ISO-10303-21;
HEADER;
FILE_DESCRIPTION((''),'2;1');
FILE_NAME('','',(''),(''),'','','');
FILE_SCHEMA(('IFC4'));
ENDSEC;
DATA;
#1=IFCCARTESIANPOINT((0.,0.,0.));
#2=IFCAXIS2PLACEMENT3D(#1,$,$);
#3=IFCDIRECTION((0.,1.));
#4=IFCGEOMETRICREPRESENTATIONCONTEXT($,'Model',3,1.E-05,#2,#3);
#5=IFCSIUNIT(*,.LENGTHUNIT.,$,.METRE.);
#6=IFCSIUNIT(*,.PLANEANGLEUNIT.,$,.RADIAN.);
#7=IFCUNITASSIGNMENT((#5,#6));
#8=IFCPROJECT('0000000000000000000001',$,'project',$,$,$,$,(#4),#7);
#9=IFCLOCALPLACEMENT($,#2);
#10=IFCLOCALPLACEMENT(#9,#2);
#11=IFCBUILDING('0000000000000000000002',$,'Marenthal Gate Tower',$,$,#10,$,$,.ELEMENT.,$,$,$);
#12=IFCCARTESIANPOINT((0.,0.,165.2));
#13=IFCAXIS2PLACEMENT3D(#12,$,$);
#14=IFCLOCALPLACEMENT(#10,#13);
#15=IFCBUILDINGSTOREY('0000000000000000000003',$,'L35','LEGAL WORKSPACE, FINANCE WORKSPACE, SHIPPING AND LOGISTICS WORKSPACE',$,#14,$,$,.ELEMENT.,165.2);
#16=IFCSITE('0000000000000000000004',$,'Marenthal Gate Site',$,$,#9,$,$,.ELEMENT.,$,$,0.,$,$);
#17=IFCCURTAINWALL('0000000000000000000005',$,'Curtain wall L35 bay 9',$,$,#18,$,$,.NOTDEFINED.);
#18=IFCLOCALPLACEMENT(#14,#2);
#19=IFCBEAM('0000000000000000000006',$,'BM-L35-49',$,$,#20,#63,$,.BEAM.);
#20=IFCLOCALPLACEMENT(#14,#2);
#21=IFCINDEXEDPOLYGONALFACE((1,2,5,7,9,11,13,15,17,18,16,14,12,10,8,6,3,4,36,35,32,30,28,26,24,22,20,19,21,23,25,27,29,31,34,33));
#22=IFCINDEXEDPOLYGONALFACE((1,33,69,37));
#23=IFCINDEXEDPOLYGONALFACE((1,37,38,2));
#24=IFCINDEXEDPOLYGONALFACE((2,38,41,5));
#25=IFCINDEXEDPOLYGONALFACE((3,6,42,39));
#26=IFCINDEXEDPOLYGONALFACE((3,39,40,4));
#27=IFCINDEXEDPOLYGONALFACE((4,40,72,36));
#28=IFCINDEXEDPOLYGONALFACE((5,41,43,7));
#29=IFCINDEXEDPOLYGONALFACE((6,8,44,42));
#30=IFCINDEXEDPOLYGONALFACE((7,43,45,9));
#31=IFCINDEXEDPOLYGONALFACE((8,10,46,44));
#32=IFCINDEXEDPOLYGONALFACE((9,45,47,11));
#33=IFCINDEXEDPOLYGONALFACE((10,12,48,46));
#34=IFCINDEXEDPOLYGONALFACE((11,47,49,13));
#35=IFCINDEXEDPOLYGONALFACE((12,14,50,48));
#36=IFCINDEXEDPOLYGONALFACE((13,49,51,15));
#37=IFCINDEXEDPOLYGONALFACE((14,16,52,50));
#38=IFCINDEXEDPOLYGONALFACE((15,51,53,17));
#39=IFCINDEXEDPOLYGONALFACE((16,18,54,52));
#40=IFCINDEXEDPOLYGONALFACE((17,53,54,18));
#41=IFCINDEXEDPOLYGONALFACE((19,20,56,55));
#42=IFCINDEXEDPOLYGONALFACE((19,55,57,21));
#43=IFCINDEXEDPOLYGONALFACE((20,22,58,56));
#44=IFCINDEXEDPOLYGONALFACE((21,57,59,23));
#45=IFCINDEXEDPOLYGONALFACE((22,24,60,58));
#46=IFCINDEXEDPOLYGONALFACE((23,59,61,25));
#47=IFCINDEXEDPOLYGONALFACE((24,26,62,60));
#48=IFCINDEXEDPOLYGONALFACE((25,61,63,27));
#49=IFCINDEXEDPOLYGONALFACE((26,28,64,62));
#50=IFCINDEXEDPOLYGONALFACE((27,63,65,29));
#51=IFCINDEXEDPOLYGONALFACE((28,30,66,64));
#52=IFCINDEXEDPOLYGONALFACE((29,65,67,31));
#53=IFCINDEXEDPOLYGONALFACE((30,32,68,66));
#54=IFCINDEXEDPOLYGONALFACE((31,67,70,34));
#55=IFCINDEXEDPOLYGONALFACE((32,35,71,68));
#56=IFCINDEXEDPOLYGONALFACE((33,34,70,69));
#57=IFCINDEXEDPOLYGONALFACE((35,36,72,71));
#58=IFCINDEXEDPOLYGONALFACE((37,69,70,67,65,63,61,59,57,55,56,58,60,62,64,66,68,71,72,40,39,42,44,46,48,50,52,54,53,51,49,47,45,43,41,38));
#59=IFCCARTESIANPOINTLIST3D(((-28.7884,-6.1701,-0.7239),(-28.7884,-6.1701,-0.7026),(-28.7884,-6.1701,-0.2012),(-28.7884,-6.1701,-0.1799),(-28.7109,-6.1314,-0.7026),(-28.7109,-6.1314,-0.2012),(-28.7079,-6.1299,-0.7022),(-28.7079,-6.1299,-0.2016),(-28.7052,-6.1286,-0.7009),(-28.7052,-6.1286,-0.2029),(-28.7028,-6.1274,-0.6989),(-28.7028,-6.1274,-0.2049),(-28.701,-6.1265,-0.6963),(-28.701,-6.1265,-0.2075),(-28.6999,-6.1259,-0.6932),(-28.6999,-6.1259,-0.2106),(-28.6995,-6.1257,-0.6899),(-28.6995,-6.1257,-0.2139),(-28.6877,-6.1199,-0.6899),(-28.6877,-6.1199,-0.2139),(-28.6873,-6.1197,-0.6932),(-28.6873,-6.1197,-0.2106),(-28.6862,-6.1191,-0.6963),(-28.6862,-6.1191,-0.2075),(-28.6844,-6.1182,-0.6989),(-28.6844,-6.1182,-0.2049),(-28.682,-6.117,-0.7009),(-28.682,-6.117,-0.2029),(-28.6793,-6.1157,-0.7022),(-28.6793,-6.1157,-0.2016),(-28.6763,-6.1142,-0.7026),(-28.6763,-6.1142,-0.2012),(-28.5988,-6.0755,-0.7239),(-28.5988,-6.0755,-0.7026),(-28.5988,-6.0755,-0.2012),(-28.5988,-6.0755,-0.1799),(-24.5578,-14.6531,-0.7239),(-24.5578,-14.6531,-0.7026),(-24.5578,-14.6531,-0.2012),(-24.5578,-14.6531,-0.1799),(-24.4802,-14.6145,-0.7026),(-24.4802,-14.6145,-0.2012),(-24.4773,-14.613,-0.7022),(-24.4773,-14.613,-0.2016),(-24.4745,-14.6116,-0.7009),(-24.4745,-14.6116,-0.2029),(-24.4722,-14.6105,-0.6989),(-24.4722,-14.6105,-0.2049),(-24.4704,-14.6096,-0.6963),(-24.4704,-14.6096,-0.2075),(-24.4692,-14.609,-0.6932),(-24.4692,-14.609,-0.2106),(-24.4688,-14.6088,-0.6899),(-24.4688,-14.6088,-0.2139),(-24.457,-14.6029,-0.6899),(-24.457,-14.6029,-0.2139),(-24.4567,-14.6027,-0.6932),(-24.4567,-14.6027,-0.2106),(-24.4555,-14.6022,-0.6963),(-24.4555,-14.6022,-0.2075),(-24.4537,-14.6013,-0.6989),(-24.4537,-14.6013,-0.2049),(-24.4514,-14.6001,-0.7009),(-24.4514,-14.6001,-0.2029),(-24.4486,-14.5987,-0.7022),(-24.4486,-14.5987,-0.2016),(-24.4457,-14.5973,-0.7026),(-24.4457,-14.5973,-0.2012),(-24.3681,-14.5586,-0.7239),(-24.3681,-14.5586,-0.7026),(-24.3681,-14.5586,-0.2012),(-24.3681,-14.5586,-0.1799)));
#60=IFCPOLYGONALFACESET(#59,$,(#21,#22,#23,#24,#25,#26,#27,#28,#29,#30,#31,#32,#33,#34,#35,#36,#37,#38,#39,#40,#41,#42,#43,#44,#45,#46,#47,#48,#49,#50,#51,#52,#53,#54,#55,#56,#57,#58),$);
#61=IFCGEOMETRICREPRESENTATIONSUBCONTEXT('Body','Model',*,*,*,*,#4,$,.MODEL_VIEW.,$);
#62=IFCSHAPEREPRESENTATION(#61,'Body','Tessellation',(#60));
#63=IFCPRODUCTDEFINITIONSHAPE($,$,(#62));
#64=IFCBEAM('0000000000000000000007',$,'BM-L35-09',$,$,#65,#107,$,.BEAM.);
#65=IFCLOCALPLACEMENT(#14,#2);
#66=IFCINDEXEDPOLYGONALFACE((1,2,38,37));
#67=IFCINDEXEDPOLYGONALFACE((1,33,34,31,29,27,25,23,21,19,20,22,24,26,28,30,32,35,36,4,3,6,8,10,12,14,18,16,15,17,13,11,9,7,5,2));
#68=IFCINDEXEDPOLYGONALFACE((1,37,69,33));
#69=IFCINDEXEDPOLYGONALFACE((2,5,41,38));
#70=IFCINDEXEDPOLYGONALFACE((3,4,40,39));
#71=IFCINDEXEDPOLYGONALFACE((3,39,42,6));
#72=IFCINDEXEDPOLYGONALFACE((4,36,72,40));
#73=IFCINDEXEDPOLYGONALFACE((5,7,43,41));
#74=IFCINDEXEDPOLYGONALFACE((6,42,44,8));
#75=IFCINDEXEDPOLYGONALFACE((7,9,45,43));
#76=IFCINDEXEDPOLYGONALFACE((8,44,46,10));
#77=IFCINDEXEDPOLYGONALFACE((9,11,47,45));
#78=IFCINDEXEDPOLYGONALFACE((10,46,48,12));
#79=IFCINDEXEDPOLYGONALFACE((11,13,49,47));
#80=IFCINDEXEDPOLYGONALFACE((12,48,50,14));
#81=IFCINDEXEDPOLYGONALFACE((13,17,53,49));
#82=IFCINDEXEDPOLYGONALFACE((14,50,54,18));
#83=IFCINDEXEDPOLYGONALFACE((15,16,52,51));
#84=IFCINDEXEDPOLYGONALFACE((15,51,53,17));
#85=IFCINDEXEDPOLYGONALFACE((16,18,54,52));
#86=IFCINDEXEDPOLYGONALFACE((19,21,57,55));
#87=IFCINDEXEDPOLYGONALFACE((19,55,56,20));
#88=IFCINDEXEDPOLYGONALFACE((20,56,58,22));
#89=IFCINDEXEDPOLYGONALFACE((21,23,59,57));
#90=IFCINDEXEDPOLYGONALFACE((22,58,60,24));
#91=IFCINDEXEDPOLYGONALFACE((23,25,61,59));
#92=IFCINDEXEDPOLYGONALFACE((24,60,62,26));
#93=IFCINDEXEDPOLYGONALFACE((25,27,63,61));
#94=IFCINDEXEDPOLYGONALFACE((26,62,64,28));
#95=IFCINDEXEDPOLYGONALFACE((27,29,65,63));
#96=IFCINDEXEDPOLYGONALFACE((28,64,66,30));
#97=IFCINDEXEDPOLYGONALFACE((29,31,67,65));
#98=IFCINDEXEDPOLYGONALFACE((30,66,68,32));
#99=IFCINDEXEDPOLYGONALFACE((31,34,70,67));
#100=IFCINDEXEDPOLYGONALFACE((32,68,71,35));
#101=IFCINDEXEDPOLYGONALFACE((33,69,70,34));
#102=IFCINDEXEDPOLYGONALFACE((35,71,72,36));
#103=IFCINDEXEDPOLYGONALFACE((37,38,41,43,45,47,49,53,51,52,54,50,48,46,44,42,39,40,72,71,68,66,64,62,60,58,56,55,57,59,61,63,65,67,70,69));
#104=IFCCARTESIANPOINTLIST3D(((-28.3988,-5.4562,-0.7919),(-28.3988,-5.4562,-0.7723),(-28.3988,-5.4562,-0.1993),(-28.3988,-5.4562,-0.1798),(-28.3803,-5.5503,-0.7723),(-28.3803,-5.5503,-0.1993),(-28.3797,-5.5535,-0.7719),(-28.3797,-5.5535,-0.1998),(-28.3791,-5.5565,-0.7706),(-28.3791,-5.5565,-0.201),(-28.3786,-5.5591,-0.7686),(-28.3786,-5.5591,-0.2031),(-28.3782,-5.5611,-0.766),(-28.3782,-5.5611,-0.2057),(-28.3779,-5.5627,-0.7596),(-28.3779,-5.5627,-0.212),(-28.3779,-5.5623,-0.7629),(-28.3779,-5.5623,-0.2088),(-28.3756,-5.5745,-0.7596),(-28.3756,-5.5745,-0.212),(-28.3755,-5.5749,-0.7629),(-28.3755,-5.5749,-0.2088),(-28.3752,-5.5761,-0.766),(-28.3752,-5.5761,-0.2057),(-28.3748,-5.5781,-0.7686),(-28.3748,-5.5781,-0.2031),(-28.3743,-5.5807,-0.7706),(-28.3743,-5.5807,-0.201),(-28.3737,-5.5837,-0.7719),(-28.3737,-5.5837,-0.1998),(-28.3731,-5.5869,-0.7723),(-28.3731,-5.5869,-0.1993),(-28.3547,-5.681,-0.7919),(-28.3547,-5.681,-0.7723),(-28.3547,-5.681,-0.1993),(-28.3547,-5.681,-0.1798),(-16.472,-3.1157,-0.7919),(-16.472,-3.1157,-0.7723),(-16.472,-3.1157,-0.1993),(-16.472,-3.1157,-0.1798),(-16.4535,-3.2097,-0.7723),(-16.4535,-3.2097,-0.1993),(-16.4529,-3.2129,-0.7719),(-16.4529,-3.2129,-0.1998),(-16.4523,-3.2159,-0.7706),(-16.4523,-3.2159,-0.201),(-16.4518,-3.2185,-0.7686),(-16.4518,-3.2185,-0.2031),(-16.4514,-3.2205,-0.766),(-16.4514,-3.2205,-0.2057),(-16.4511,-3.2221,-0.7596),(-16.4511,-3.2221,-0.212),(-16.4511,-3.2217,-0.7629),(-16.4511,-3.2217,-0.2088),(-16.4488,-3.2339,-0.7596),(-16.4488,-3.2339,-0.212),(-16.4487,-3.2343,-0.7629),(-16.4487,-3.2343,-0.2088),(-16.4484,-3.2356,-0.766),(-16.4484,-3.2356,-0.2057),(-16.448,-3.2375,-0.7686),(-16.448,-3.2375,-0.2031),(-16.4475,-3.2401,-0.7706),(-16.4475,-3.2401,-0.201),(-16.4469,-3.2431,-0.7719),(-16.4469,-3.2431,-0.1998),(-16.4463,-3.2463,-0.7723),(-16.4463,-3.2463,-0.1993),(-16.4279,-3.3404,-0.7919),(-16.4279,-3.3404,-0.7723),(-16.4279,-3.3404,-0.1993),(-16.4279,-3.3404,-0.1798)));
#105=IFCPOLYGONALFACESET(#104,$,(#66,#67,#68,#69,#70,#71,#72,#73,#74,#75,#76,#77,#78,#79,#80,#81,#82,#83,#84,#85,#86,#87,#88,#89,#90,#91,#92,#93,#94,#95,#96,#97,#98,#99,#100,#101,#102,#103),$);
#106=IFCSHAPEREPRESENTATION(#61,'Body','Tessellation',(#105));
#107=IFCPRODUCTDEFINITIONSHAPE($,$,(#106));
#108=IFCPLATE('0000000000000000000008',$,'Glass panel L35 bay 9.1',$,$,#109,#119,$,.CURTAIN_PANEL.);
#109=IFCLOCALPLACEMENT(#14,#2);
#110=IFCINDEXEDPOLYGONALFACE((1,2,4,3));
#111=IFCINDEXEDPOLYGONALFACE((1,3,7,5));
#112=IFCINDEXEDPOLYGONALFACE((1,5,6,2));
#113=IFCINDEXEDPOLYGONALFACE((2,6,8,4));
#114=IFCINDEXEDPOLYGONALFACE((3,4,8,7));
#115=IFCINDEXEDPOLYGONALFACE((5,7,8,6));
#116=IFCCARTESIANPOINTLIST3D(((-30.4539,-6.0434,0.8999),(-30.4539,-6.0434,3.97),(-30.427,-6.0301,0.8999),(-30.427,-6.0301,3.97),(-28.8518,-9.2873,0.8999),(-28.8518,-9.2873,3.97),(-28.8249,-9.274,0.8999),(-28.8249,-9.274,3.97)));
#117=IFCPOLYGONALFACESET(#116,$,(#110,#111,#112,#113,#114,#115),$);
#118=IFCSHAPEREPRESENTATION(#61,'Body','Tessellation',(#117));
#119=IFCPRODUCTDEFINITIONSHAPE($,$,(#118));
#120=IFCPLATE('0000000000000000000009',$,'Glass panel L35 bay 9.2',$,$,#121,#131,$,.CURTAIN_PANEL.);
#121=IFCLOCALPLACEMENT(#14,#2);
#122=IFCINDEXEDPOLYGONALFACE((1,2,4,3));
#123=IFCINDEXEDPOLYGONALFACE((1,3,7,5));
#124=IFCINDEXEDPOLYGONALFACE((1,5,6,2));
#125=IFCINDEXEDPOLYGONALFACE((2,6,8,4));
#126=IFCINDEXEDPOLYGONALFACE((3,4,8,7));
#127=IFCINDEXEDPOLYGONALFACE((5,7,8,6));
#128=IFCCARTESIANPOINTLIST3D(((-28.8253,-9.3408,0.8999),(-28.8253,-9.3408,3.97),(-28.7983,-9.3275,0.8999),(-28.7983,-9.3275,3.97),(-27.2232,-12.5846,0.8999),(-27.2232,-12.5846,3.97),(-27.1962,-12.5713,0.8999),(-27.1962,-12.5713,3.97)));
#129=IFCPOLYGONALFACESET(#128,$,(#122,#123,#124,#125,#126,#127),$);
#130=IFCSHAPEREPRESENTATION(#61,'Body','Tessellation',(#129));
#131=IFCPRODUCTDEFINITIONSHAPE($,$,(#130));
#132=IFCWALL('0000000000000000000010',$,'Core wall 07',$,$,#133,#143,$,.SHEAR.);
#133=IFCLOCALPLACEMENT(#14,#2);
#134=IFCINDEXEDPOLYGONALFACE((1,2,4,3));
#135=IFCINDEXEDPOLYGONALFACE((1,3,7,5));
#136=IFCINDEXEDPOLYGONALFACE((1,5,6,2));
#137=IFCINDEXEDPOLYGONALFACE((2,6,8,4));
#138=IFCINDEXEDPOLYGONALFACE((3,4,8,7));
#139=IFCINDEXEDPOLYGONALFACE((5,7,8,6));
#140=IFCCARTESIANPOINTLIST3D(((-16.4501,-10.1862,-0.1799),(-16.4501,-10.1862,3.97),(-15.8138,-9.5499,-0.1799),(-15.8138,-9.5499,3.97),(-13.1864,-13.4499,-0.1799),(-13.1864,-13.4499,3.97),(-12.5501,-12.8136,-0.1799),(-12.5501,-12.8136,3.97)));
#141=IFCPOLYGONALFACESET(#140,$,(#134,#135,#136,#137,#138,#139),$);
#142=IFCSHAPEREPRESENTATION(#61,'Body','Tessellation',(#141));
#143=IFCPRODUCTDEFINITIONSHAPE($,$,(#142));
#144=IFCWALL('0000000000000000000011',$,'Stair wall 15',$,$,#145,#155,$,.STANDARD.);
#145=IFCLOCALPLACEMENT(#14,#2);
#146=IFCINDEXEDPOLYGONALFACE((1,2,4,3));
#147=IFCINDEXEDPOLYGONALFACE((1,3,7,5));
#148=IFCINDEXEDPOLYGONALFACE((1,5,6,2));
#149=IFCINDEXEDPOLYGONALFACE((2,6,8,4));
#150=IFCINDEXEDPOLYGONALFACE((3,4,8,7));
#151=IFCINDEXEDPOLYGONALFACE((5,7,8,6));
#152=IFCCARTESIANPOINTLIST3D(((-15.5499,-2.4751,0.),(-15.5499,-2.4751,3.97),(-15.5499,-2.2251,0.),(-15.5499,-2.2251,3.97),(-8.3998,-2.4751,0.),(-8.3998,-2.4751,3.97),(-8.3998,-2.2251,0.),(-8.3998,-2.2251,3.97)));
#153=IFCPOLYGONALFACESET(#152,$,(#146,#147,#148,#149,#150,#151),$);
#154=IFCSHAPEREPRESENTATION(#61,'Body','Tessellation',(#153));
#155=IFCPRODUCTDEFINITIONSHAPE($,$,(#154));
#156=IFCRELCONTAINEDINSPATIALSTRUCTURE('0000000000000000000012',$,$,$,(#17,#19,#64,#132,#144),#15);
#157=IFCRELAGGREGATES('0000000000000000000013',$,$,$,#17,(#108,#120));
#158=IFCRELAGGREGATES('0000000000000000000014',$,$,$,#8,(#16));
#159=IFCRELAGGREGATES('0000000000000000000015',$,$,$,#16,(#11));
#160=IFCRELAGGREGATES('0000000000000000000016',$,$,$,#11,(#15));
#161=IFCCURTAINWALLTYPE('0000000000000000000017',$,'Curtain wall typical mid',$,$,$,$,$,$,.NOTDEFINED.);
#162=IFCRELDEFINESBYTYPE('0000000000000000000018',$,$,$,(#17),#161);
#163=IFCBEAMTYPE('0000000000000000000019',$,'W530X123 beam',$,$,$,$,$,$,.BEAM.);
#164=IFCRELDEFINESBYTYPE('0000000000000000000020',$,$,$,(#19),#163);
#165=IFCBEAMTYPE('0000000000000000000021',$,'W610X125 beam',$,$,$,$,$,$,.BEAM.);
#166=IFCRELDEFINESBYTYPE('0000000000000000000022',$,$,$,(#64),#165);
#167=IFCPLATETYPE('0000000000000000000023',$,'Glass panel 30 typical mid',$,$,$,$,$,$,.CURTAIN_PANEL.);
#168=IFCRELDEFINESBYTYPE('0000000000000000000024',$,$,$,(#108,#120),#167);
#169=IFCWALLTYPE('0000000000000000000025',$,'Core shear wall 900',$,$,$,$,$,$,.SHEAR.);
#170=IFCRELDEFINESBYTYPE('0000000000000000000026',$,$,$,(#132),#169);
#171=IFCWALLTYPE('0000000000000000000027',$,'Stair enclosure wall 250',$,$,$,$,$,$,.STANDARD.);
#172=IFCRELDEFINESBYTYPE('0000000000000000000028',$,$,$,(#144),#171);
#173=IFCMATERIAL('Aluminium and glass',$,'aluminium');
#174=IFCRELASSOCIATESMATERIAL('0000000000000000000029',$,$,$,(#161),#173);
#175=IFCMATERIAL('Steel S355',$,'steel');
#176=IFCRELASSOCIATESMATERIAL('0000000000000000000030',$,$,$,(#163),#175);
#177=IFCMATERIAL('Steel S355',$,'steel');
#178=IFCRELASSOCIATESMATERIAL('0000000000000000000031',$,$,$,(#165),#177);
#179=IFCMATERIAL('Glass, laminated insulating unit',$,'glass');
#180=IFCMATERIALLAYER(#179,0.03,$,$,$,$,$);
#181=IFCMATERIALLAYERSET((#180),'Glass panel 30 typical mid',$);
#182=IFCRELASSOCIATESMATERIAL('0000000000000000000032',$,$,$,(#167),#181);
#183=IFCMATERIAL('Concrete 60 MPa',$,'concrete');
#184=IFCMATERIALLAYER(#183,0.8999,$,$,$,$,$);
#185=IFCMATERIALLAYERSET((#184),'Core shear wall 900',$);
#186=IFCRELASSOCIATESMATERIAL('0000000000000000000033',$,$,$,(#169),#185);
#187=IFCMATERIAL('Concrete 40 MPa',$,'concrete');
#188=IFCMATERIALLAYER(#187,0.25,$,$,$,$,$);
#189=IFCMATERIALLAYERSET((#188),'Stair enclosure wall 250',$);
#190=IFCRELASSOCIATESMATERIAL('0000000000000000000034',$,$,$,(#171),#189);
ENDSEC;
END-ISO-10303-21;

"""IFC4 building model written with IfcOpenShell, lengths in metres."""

from ifc_helpers import new_model, si_unit, direction, frame, frame_2d, origin, origin_2d, place, context, subcontext, project, spatial, rectangle, i_section, extrude, material, layer, layer_set, material_profile, profile_set, type_object, element, aggregate, save


model = new_model("IFC4")

# Units and contexts
model_context = context("Model", 3, precision=1e-05, world=origin(), true_north=direction((0.0, 1.0)))
body_context = subcontext(model_context, "Body", "Model", "MODEL_VIEW")
ifc_project = project(units=[si_unit("LENGTHUNIT", "METRE"), si_unit("PLANEANGLEUNIT", "RADIAN")], contexts=[model_context])

# Site, building, storey
site_placement = place(None, origin())
site = spatial("IfcSite", under=ifc_project, at=site_placement, Name="Marenthal Gate Site", CompositionType="ELEMENT", RefElevation=0.0)
building_placement = place(site_placement, origin())
building = spatial("IfcBuilding", under=site, at=building_placement, Name="Marenthal Gate Tower", CompositionType="ELEMENT")
storey_placement = place(building_placement, frame((0.0, 0.0, 165.2)))
storey = spatial("IfcBuildingStorey", under=building, at=storey_placement, Name="L35", Description="LEGAL WORKSPACE, FINANCE WORKSPACE, SHIPPING AND LOGISTICS WORKSPACE", CompositionType="ELEMENT", Elevation=165.2)

# Curtain wall
ifc_material_1 = material(Name="Aluminium and glass", Category="aluminium")
curtain_wall_type = type_object("IfcCurtainWallType", Name="Curtain wall typical mid", PredefinedType="NOTDEFINED", material=ifc_material_1)
curtain_wall_placement = place(storey_placement, origin())
curtain_wall = element("IfcCurtainWall", 1, at=curtain_wall_placement, inside=storey, type_object=curtain_wall_type, Name="Curtain wall L35 bay 9", PredefinedType="NOTDEFINED")

# Beams
ifc_material_2 = material(Name="Steel S355", Category="steel")
ifc_material_profile_1 = material_profile(ifc_material_2, i_section(OverallWidth=0.2119, OverallDepth=0.5439, WebThickness=0.0132, FlangeThickness=0.0212, FilletRadius=0.0127, at=origin_2d()), Name="W530X123")
ifc_profile_set_1 = profile_set([ifc_material_profile_1], Name="Steel S355")
beam_type_1 = type_object("IfcBeamType", Name="W530X123 beam", PredefinedType="BEAM", material=ifc_profile_set_1)
beam_1_placement = place(storey_placement, frame((-28.6936, -6.1228, -0.4519), z_axis=(0.446297, -0.894885, 0.0), x_axis=(0.894885, 0.446297, 0.0)))
element("IfcBeam", 2, at=beam_1_placement, inside=storey, type_object=beam_type_1, Name="BM-L35-49", PredefinedType="BEAM", context=body_context, shape_type="SweptSolid", body=[
    extrude(i_section(OverallWidth=0.2119, OverallDepth=0.5439, WebThickness=0.0132, FlangeThickness=0.0212, FilletRadius=0.0127, at=origin_2d()), origin(), (0.0, 0.0, 1.0), 9.4795),
])
ifc_material_3 = material(Name="Steel S355", Category="steel")
ifc_material_profile_2 = material_profile(ifc_material_3, i_section(OverallWidth=0.229, OverallDepth=0.6121, WebThickness=0.012, FlangeThickness=0.0195, FilletRadius=0.0127, at=origin_2d()), Name="W610X125")
ifc_profile_set_2 = profile_set([ifc_material_profile_2], Name="Steel S355")
beam_type_2 = type_object("IfcBeamType", Name="W610X125 beam", PredefinedType="BEAM", material=ifc_profile_set_2)
beam_2_placement = place(storey_placement, frame((-28.3767, -5.5686, -0.4858), z_axis=(0.981283, 0.192573, 0.0), x_axis=(-0.192573, 0.981283, 0.0)))
element("IfcBeam", 3, at=beam_2_placement, inside=storey, type_object=beam_type_2, Name="BM-L35-09", PredefinedType="BEAM", context=body_context, shape_type="SweptSolid", body=[
    extrude(i_section(OverallWidth=0.229, OverallDepth=0.6121, WebThickness=0.012, FlangeThickness=0.0195, FilletRadius=0.0127, at=origin_2d()), origin(), (0.0, 0.0, 1.0), 12.1543),
])

# Plates
ifc_material_4 = material(Name="Glass, laminated insulating unit", Category="glass")
ifc_layer_1 = layer(ifc_material_4, 0.03)
ifc_layer_set_1 = layer_set([ifc_layer_1], Name="Glass panel 30 typical mid")
plate_type = type_object("IfcPlateType", Name="Glass panel 30 typical mid", PredefinedType="CURTAIN_PANEL", material=ifc_layer_set_1)
plate_1_placement = place(storey_placement, frame((-29.6394, -7.6587, 0.8999), z_axis=(0.0, 0.0, 1.0), x_axis=(0.442824, -0.896609, 0.0)))
plate_1 = element("IfcPlate", 4, at=plate_1_placement, type_object=plate_type, Name="Glass panel L35 bay 9.1", PredefinedType="CURTAIN_PANEL", context=body_context, shape_type="SweptSolid", body=[
    extrude(rectangle(XDim=3.6179, YDim=0.03, at=origin_2d()), origin(), (0.0, 0.0, 1.0), 3.0701),
])
plate_2_placement = place(storey_placement, frame((-28.0107, -10.9561, 0.8999), z_axis=(0.0, 0.0, 1.0), x_axis=(0.442824, -0.896609, 0.0)))
plate_2 = element("IfcPlate", 5, at=plate_2_placement, type_object=plate_type, Name="Glass panel L35 bay 9.2", PredefinedType="CURTAIN_PANEL", context=body_context, shape_type="SweptSolid", body=[
    extrude(rectangle(XDim=3.6179, YDim=0.03, at=origin_2d()), origin(), (0.0, 0.0, 1.0), 3.0701),
])
aggregate(curtain_wall, [plate_1, plate_2])

# Walls
ifc_material_5 = material(Name="Concrete 60 MPa", Category="concrete")
ifc_layer_2 = layer(ifc_material_5, 0.8999)
ifc_layer_set_2 = layer_set([ifc_layer_2], Name="Core shear wall 900")
wall_type_1 = type_object("IfcWallType", Name="Core shear wall 900", PredefinedType="SHEAR", material=ifc_layer_set_2)
wall_1_placement = place(storey_placement, frame((-16.1318, -9.8682, -0.1799), z_axis=(0.0, 0.0, 1.0), x_axis=(0.707107, -0.707107, 0.0)))
element("IfcWall", 6, at=wall_1_placement, inside=storey, type_object=wall_type_1, Name="Core wall 07", PredefinedType="SHEAR", context=body_context, shape_type="SweptSolid", body=[
    extrude(rectangle(XDim=4.6155, YDim=0.8999, at=frame_2d((2.3076, 0.0))), origin(), (0.0, 0.0, 1.0), 4.1499),
])
ifc_material_6 = material(Name="Concrete 40 MPa", Category="concrete")
ifc_layer_3 = layer(ifc_material_6, 0.25)
ifc_layer_set_3 = layer_set([ifc_layer_3], Name="Stair enclosure wall 250")
wall_type_2 = type_object("IfcWallType", Name="Stair enclosure wall 250", PredefinedType="STANDARD", material=ifc_layer_set_3)
wall_2_placement = place(storey_placement, frame((-15.55, -2.3501, 0.0), z_axis=(0.0, 0.0, 1.0), x_axis=(1.0, 0.0, 0.0)))
element("IfcWall", 7, at=wall_2_placement, inside=storey, type_object=wall_type_2, Name="Stair wall 15", PredefinedType="STANDARD", context=body_context, shape_type="SweptSolid", body=[
    extrude(rectangle(XDim=7.1501, YDim=0.25, at=frame_2d((3.5752, 0.0))), origin(), (0.0, 0.0, 1.0), 3.97),
])

save(model, "model.ifc")
